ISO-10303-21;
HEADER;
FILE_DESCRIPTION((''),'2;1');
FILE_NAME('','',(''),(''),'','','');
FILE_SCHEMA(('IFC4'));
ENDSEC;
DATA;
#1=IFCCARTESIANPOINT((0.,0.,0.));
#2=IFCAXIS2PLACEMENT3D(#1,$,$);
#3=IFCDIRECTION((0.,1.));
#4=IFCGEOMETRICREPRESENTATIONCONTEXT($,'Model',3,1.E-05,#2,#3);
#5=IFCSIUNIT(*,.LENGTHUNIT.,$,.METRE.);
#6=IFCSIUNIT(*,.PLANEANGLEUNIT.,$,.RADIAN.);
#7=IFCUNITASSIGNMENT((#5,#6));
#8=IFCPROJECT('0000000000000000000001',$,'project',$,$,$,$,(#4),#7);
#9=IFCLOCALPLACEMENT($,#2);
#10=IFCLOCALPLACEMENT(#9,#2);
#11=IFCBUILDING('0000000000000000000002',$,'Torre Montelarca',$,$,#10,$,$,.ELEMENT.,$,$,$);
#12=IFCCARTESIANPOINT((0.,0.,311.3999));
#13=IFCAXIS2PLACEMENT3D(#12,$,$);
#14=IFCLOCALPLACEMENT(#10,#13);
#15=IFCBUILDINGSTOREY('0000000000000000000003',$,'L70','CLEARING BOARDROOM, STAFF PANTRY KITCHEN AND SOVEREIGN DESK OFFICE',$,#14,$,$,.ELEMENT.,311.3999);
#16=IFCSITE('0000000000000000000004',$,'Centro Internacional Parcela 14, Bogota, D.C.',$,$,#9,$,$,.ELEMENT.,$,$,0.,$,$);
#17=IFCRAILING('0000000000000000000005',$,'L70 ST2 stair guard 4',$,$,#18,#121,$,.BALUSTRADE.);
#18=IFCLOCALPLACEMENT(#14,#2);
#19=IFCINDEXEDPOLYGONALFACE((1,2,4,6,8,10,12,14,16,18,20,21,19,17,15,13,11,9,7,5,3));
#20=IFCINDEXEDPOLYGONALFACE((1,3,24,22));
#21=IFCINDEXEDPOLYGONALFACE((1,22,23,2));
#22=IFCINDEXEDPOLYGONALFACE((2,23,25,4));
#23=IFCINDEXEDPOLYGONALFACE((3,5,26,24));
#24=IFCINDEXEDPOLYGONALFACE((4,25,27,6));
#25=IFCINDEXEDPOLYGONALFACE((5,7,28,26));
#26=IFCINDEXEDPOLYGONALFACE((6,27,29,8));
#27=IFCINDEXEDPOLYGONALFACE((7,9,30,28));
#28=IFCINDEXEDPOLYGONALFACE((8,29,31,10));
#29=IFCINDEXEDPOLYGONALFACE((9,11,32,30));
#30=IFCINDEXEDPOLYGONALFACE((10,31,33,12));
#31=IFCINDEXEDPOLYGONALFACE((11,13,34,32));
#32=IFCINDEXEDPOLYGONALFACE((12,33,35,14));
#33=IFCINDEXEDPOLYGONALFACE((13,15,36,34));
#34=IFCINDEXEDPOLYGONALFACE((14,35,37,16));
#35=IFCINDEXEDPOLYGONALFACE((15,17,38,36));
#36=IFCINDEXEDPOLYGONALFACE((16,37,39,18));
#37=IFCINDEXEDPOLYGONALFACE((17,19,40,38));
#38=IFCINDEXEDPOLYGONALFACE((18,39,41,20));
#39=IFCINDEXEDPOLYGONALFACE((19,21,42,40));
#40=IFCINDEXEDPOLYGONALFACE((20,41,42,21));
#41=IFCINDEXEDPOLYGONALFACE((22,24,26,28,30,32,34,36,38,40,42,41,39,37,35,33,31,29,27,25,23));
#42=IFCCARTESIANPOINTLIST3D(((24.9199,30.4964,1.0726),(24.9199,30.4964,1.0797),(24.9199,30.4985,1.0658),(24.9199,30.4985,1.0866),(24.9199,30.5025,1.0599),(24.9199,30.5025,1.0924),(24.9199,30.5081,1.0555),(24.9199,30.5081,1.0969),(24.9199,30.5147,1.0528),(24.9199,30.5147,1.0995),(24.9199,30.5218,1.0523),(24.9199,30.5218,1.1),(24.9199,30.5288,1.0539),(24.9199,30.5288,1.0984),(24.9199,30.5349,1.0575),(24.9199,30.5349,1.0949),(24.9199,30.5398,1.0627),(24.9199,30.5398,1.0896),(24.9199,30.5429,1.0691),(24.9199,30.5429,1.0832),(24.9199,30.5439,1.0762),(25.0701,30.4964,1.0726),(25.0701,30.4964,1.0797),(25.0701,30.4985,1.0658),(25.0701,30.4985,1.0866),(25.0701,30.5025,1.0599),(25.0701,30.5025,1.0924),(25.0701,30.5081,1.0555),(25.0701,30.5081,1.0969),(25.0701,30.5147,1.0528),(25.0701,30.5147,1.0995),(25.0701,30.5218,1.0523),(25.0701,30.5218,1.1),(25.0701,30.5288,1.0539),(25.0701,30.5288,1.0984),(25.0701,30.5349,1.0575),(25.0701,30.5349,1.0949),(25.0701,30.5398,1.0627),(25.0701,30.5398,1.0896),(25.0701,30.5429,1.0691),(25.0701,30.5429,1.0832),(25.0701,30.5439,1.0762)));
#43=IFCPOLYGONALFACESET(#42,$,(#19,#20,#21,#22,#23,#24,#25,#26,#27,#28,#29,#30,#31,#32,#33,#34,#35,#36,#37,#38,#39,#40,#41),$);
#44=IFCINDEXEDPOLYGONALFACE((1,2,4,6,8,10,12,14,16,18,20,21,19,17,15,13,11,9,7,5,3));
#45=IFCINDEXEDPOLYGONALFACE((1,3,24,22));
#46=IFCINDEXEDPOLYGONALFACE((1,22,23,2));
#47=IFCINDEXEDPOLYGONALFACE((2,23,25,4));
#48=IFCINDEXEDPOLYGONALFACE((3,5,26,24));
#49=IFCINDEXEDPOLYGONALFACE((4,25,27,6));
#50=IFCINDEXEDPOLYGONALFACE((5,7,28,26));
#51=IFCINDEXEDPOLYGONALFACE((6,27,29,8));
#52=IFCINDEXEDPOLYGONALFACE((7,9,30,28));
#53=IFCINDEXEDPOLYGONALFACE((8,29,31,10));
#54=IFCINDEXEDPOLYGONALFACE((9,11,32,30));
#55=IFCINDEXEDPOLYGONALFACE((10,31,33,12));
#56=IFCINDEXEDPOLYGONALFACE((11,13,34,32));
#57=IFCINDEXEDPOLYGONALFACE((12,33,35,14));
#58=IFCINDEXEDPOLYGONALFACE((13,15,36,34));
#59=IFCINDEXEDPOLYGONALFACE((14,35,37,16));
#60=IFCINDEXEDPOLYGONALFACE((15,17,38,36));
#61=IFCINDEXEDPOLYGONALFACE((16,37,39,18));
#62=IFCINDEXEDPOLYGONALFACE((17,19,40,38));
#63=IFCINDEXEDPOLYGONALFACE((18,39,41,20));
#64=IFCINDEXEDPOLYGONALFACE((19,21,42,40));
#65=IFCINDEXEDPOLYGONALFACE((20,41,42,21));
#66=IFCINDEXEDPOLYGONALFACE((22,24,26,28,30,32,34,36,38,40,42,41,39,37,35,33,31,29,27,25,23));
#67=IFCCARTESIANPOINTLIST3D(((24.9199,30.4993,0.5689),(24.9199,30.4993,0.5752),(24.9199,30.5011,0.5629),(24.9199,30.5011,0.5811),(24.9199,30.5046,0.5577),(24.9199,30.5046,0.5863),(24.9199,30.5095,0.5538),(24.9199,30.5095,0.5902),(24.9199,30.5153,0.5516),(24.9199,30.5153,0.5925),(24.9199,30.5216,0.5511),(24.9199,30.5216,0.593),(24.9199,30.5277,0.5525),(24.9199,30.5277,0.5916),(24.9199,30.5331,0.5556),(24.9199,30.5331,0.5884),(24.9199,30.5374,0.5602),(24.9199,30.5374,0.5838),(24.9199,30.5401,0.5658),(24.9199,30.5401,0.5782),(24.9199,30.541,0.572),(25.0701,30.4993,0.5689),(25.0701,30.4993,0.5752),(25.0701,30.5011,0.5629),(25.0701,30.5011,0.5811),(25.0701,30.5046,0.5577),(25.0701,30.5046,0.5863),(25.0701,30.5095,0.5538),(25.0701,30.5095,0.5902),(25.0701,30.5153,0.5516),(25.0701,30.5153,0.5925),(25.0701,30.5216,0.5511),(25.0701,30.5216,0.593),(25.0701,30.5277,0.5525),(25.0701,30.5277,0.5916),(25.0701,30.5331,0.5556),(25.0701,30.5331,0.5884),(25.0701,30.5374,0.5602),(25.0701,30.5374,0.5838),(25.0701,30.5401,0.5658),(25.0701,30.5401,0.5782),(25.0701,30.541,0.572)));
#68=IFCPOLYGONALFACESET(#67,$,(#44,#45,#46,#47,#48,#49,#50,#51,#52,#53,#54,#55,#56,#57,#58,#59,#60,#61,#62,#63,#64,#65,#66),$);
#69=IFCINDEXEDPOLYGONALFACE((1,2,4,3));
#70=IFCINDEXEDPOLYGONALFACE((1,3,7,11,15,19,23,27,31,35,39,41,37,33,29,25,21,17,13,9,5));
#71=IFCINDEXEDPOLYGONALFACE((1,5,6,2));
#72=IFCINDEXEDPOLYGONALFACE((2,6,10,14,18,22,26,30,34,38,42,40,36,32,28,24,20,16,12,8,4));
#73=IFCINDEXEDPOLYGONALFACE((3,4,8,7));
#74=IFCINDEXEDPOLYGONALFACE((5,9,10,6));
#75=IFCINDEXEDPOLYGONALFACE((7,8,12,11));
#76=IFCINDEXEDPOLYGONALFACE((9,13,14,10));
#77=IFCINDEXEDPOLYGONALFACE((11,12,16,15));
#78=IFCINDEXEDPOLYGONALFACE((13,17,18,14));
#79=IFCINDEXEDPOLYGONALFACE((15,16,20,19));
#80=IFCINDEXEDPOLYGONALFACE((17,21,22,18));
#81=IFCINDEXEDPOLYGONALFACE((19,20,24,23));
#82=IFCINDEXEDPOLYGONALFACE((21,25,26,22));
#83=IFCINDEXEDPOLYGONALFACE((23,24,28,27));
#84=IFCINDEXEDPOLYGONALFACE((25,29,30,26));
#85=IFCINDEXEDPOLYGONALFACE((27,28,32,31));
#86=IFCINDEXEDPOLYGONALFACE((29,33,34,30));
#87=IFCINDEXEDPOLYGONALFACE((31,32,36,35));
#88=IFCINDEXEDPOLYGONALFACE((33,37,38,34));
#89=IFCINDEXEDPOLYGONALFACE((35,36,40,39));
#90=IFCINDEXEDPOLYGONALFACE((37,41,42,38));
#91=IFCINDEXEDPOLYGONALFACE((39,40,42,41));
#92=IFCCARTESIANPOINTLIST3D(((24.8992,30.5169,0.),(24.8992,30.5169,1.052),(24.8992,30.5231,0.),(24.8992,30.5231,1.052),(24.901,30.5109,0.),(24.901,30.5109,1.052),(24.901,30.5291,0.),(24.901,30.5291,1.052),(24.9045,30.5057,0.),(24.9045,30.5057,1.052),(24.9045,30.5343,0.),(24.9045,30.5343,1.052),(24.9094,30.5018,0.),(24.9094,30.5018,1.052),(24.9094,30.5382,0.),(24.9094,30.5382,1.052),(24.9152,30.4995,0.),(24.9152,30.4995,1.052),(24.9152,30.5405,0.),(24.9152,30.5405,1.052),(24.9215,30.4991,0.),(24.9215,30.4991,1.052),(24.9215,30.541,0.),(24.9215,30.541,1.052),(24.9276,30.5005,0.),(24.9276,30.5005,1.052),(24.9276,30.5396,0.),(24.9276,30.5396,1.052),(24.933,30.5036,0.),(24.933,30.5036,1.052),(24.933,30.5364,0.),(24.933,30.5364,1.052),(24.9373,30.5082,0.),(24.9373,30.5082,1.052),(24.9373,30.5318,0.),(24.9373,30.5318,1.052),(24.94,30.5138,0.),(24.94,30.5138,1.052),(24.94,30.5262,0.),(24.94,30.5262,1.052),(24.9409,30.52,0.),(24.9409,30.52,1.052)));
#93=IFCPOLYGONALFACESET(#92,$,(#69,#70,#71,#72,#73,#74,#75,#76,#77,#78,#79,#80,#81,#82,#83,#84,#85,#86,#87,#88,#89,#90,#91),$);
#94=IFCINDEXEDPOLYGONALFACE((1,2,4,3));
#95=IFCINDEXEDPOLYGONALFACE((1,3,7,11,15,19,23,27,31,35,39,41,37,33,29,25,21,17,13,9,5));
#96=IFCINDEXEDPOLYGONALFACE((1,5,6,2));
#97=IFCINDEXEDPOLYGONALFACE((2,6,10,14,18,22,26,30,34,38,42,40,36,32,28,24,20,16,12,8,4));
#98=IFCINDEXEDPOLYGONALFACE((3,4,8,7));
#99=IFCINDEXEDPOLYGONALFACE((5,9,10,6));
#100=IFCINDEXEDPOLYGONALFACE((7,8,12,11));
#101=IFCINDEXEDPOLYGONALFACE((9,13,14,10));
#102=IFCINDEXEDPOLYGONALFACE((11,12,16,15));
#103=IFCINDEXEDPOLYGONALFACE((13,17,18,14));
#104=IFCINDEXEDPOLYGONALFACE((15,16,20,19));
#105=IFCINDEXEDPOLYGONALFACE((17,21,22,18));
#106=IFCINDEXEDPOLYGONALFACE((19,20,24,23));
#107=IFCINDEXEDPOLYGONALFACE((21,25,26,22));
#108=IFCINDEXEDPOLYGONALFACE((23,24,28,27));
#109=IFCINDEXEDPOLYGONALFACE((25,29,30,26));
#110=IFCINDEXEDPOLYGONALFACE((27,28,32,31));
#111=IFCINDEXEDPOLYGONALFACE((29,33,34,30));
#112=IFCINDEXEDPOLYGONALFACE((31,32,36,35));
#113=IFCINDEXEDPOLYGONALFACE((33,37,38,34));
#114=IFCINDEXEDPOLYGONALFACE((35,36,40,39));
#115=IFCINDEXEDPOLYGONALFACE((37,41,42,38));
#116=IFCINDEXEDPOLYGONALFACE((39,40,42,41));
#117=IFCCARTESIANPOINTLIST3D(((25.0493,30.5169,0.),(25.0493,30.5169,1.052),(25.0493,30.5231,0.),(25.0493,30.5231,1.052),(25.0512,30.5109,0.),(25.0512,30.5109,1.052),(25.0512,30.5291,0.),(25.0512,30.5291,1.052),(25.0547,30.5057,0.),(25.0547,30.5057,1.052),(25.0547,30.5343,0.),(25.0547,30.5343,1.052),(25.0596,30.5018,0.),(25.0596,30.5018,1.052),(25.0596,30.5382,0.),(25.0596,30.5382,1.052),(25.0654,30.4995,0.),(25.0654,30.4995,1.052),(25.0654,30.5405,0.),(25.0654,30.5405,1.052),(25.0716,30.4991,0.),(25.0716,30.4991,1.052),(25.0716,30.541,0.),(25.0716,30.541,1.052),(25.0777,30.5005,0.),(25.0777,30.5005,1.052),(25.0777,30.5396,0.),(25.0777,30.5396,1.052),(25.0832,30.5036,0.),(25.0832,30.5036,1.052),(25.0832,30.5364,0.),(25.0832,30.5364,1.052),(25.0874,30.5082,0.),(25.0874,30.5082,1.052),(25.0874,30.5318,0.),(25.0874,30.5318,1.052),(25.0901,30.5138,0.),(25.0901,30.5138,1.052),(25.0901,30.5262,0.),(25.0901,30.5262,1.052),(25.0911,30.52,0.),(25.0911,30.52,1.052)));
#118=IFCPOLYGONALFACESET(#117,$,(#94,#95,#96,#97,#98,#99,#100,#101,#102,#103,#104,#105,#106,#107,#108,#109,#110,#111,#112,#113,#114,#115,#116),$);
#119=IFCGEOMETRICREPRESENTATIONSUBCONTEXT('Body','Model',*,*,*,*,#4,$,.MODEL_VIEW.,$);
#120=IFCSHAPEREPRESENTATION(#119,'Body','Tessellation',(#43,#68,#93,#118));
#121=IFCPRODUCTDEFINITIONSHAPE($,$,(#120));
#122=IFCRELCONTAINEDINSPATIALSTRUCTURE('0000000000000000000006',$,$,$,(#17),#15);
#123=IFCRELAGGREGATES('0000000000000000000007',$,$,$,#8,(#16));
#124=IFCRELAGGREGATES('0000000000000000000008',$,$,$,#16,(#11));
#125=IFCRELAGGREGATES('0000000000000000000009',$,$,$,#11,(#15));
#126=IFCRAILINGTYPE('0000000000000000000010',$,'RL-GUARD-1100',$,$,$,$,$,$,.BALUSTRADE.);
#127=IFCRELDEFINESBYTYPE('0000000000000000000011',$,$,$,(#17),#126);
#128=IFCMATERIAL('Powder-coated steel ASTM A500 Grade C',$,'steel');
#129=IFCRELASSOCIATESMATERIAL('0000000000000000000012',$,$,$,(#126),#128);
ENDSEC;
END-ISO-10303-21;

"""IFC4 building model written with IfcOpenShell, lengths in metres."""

from ifc_helpers import new_model, si_unit, direction, frame, origin, origin_2d, place, context, subcontext, project, spatial, circle, extrude, material, type_object, element, save


model = new_model("IFC4")

# Units and contexts
model_context = context("Model", 3, precision=1e-05, world=origin(), true_north=direction((0.0, 1.0)))
body_context = subcontext(model_context, "Body", "Model", "MODEL_VIEW")
ifc_project = project(units=[si_unit("LENGTHUNIT", "METRE"), si_unit("PLANEANGLEUNIT", "RADIAN")], contexts=[model_context])

# Site, building, storey
site_placement = place(None, origin())
site = spatial("IfcSite", under=ifc_project, at=site_placement, Name="Centro Internacional Parcela 14, Bogota, D.C.", CompositionType="ELEMENT", RefElevation=0.0)
building_placement = place(site_placement, origin())
building = spatial("IfcBuilding", under=site, at=building_placement, Name="Torre Montelarca", CompositionType="ELEMENT")
storey_placement = place(building_placement, frame((0.0, 0.0, 311.3999)))
storey = spatial("IfcBuildingStorey", under=building, at=storey_placement, Name="L70", Description="CLEARING BOARDROOM, STAFF PANTRY KITCHEN AND SOVEREIGN DESK OFFICE", CompositionType="ELEMENT", Elevation=311.3999)

# Railing
ifc_material_1 = material(Name="Powder-coated steel ASTM A500 Grade C", Category="steel")
railing_type_1 = type_object("IfcRailingType", Name="RL-GUARD-1100", PredefinedType="BALUSTRADE", material=ifc_material_1)
railing_1_placement = place(storey_placement, frame((24.9199, 30.52, 0.0)))
element("IfcRailing", 1, at=railing_1_placement, inside=storey, type_object=railing_type_1, Name="L70 ST2 stair guard 4", PredefinedType="BALUSTRADE", context=body_context, shape_type="SweptSolid", body=[
    extrude(circle(Radius=0.0239, at=origin_2d()), frame((0.0, 0.0, 1.0762), z_axis=(1.0, 0.0, 0.0), x_axis=(0.0, 1.0, 0.0)), (0.0, 0.0, 1.0), 0.1501),
    extrude(circle(Radius=0.021, at=origin_2d()), frame((0.0, 0.0, 0.572), z_axis=(1.0, 0.0, 0.0), x_axis=(0.0, 1.0, 0.0)), (0.0, 0.0, 1.0), 0.1501),
    extrude(circle(Radius=0.021, at=origin_2d()), origin(), (0.0, 0.0, 1.0), 1.052),
    extrude(circle(Radius=0.021, at=origin_2d()), frame((0.1501, 0.0, 0.0)), (0.0, 0.0, 1.0), 1.052),
])

save(model, "model.ifc")
